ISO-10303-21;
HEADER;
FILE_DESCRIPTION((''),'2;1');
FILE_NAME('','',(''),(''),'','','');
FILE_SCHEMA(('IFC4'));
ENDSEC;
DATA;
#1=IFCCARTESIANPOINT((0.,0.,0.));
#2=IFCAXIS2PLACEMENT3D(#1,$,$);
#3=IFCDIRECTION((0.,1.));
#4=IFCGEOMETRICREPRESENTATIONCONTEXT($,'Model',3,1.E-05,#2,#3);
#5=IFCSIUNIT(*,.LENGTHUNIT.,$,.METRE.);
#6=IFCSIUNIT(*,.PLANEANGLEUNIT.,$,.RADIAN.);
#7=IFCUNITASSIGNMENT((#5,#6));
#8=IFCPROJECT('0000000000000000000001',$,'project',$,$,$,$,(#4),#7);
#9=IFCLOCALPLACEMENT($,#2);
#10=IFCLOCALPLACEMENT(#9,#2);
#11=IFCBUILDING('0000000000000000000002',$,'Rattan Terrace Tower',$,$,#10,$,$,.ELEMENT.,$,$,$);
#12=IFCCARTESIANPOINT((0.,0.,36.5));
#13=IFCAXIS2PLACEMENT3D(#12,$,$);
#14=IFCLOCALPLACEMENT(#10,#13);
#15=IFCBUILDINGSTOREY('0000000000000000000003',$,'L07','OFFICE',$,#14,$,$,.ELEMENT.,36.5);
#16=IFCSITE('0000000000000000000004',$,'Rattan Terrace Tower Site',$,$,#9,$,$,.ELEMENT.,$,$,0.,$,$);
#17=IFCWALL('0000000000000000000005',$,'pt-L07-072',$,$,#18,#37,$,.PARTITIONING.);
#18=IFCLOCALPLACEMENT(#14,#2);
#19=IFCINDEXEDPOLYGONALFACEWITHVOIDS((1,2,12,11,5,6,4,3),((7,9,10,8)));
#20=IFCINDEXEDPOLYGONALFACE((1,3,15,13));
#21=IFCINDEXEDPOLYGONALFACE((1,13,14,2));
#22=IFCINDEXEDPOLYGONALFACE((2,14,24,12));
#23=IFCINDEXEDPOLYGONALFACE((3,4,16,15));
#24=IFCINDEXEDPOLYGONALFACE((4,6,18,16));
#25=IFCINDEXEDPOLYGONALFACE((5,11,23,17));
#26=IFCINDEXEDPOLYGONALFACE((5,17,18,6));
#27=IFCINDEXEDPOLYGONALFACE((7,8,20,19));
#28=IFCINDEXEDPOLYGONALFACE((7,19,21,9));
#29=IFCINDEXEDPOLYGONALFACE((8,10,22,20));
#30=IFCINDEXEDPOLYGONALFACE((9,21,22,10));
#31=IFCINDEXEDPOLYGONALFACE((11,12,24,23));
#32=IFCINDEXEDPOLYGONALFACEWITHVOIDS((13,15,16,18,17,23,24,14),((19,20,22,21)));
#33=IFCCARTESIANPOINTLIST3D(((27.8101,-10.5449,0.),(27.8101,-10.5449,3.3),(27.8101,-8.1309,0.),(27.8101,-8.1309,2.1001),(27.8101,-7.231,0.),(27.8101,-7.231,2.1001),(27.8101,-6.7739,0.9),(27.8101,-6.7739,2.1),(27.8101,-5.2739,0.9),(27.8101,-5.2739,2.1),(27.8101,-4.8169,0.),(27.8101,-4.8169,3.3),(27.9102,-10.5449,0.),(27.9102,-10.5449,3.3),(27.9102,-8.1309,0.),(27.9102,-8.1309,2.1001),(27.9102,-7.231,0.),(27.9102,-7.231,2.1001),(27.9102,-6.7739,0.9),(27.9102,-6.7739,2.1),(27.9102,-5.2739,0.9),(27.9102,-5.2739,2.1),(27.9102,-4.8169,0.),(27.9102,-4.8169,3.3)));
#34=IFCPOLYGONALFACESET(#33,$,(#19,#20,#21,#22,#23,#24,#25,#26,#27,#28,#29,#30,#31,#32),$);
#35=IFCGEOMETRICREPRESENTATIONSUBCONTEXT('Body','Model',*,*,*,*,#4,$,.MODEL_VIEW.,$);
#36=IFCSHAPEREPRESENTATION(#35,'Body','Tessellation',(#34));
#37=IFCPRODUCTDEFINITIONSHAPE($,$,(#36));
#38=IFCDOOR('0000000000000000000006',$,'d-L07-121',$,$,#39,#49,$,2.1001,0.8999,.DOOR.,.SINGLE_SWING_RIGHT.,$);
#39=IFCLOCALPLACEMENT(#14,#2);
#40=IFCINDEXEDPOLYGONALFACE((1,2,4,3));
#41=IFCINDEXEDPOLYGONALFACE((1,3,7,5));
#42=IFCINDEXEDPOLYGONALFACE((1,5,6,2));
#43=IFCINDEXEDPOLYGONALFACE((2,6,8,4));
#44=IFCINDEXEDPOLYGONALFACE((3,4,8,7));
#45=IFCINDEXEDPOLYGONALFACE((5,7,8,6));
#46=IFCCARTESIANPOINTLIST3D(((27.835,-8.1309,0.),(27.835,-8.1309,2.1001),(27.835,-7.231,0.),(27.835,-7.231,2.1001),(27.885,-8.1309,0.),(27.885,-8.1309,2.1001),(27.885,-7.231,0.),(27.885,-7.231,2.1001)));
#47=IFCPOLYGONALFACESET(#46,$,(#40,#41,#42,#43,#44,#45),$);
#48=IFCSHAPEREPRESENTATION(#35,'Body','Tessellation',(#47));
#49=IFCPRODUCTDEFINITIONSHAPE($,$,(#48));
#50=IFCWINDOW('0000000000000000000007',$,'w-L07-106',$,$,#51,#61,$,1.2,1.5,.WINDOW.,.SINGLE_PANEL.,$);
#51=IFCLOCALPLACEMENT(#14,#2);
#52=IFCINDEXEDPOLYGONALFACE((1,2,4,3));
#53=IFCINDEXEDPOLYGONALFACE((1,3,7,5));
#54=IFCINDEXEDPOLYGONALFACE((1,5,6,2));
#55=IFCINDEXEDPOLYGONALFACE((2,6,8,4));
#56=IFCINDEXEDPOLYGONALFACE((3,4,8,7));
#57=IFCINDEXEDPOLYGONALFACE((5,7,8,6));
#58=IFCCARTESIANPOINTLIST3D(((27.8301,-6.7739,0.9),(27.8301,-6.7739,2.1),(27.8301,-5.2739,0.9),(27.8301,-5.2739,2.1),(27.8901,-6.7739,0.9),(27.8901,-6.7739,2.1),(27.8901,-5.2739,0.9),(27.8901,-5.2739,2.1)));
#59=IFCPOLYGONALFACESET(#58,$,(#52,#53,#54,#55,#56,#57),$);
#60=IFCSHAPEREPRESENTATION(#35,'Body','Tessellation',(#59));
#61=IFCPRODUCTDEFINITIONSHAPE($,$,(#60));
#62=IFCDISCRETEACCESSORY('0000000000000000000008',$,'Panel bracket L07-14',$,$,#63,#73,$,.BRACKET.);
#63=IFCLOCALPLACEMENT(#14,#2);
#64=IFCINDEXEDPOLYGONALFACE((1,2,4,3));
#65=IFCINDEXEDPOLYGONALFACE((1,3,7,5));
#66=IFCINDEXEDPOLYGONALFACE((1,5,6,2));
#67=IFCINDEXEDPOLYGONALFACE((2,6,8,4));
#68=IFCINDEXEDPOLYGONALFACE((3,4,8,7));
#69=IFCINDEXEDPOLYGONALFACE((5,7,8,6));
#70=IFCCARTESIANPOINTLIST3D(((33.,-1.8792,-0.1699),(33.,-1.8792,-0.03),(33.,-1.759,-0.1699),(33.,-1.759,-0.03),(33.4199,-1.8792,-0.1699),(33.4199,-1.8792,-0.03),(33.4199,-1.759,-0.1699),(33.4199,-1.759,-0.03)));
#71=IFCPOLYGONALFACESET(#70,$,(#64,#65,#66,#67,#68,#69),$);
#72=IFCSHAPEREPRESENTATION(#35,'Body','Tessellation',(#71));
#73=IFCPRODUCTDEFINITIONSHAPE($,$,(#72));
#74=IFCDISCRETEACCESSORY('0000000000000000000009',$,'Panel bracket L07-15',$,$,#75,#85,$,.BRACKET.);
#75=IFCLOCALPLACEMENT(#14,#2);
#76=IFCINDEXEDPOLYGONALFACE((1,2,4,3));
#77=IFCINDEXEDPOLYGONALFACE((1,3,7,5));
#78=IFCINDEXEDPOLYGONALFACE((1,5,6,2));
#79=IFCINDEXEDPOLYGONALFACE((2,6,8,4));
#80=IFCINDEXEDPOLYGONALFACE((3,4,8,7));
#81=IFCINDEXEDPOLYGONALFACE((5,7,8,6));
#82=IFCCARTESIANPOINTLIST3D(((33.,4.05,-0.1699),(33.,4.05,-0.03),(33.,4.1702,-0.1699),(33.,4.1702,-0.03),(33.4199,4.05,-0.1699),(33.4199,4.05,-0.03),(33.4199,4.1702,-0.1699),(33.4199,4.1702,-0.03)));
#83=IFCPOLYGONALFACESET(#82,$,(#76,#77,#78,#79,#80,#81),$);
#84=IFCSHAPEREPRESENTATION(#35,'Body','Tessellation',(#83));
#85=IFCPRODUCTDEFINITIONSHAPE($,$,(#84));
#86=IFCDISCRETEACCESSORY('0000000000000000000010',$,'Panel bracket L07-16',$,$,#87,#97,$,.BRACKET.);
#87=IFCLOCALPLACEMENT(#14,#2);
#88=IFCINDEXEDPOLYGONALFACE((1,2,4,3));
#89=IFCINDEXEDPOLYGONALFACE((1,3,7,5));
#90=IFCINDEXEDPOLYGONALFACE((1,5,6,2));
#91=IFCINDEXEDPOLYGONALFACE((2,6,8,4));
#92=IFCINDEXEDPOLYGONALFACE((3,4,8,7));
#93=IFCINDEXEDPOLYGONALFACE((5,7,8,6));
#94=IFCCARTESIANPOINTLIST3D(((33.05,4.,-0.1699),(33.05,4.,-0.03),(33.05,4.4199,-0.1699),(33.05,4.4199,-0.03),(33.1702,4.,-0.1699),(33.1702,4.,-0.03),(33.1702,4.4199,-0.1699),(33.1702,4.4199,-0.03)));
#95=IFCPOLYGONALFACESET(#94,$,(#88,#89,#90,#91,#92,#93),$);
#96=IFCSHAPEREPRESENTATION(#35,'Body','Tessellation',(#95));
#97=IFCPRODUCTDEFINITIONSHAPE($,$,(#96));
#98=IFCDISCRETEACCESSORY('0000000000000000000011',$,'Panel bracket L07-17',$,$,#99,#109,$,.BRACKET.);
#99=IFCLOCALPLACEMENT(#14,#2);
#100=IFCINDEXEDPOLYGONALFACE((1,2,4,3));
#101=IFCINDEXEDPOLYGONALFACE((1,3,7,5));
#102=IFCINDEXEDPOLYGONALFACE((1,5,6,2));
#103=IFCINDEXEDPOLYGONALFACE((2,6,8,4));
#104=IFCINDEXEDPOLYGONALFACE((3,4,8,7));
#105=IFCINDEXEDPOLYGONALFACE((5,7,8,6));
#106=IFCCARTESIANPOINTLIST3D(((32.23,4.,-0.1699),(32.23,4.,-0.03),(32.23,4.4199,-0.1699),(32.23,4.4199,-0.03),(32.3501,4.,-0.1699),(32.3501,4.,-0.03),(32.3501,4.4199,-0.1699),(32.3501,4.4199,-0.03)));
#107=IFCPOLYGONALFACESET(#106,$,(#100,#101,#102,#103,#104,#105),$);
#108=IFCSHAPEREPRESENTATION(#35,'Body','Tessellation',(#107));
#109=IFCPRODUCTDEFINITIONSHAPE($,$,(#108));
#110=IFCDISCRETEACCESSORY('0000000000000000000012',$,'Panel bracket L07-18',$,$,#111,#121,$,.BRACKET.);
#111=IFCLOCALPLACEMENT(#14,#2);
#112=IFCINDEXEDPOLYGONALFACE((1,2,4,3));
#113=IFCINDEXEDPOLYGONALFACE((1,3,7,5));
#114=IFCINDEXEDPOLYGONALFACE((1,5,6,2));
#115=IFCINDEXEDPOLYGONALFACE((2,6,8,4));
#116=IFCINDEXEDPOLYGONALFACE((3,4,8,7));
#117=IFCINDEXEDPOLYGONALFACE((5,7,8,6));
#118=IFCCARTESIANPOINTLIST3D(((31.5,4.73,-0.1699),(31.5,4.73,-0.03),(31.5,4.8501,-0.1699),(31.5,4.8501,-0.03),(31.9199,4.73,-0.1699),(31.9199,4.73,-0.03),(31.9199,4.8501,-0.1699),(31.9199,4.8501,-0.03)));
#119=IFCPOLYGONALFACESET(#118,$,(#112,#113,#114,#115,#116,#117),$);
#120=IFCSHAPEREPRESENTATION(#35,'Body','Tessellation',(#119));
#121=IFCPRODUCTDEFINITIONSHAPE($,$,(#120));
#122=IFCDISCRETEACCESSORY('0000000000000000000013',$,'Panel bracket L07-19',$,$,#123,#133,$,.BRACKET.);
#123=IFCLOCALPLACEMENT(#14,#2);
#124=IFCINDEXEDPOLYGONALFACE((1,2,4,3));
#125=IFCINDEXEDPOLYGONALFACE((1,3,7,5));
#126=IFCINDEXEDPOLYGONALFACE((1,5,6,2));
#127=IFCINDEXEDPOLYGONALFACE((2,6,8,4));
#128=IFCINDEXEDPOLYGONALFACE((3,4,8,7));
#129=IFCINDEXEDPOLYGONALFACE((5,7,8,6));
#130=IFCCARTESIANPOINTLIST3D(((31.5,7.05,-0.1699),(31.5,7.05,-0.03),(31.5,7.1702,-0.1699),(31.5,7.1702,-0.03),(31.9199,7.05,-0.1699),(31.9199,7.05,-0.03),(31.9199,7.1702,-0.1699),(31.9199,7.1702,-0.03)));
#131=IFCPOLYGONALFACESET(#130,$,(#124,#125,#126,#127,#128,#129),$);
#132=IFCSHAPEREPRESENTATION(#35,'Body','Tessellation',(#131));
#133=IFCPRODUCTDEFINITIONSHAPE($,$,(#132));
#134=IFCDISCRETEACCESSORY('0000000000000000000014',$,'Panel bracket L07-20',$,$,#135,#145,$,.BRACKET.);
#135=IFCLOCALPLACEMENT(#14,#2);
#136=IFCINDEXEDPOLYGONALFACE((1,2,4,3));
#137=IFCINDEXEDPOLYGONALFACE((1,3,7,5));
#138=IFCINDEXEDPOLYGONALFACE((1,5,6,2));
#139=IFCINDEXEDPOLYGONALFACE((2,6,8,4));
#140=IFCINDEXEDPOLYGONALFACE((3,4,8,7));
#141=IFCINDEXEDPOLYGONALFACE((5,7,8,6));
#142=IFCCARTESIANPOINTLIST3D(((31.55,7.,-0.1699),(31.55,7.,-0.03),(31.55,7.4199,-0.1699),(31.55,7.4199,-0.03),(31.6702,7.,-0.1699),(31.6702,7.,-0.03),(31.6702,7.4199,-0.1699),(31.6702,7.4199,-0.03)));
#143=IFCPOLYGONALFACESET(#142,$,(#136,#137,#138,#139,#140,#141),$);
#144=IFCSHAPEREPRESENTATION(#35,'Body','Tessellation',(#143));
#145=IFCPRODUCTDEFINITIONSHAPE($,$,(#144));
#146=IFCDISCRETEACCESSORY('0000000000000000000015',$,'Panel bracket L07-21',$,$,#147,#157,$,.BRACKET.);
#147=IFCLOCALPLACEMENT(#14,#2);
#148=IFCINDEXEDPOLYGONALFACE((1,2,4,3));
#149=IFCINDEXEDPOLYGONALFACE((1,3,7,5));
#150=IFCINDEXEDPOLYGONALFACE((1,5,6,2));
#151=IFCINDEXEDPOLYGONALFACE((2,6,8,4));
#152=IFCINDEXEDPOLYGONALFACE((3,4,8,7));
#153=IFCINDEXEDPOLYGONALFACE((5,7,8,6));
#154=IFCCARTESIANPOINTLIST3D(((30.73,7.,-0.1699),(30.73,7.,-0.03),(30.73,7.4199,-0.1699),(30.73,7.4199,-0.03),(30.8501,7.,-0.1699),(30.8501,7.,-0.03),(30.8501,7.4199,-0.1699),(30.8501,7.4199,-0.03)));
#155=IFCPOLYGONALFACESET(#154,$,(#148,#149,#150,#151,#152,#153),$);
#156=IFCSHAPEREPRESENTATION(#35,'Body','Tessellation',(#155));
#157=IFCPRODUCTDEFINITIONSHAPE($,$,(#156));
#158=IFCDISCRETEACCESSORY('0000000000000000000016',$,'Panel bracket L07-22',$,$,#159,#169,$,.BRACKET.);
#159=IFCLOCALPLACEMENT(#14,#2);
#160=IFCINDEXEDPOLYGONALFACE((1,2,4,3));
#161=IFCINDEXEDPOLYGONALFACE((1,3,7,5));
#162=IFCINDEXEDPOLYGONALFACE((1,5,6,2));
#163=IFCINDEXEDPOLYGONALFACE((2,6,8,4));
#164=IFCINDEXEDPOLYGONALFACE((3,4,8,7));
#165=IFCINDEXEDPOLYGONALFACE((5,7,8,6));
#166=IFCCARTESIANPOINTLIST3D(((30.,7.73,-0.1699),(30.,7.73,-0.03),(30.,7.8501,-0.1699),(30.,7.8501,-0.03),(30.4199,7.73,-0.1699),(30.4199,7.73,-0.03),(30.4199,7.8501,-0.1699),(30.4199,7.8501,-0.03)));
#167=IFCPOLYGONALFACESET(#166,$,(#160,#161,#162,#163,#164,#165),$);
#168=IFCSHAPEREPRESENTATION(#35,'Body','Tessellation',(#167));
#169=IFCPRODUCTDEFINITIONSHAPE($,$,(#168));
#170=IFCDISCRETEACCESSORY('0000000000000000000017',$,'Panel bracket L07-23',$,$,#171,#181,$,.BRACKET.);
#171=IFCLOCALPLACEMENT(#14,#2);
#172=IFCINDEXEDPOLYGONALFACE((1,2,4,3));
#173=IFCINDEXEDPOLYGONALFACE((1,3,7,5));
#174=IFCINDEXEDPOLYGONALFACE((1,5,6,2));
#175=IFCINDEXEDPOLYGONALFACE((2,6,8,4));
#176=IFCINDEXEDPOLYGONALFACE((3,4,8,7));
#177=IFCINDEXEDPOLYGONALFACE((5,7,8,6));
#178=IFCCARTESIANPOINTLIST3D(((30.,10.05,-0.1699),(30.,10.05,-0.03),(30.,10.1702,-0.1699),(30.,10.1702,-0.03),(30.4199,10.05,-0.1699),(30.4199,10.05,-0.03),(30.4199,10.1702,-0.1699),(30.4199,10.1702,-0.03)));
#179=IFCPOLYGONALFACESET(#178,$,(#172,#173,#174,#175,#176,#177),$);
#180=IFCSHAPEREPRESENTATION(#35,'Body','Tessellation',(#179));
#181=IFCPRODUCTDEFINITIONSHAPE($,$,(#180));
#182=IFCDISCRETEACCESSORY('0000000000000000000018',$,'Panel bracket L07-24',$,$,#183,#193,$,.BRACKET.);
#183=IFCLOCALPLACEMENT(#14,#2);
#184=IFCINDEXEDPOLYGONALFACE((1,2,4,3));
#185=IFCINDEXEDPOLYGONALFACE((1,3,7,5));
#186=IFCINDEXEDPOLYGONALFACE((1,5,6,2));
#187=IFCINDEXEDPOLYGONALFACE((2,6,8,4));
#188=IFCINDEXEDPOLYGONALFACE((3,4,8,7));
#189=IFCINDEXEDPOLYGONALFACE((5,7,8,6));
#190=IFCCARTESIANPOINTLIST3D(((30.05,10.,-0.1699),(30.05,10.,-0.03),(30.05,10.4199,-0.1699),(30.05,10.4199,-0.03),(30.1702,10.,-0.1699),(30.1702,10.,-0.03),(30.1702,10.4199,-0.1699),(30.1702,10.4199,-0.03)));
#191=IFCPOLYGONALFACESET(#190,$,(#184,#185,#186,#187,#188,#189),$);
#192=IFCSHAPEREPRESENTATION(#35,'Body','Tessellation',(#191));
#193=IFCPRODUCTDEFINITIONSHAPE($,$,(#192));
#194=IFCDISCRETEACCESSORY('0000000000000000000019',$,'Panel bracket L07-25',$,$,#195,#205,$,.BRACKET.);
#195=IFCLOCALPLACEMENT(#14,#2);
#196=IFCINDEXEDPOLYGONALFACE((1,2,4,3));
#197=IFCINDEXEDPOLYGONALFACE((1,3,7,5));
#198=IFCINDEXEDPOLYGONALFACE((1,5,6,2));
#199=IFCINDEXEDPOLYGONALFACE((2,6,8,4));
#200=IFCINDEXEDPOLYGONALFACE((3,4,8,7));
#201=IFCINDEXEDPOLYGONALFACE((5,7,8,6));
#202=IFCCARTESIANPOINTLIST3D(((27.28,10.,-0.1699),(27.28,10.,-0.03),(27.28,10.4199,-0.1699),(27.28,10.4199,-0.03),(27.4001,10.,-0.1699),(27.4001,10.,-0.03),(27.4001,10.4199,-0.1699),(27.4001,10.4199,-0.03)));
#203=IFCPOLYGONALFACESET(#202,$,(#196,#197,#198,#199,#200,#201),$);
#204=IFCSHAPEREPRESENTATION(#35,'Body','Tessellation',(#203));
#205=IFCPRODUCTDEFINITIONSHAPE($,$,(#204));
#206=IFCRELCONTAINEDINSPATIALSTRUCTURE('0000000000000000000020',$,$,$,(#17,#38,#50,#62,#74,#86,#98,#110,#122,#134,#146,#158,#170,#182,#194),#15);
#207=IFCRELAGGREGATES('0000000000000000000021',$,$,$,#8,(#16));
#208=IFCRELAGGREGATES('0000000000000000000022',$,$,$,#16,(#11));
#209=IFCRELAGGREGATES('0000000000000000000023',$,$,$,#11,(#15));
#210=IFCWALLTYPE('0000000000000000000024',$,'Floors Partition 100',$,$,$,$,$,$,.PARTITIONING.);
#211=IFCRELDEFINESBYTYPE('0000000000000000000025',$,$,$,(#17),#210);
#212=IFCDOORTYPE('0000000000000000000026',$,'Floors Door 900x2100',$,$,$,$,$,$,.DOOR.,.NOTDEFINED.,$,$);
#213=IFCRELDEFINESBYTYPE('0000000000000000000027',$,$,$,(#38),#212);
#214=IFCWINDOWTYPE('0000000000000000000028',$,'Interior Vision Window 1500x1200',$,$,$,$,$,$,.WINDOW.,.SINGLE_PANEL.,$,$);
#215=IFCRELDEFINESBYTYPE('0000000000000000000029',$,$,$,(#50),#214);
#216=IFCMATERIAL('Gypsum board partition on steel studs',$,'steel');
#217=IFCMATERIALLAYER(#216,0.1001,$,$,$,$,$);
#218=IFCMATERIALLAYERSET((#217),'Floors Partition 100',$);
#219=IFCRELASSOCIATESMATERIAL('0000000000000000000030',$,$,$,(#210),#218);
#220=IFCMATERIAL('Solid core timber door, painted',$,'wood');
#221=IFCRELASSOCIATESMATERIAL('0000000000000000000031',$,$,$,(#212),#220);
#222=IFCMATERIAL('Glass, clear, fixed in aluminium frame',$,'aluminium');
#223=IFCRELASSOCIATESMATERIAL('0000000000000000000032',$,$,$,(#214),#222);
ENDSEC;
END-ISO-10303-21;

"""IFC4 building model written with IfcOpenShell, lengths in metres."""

from ifc_helpers import new_model, si_unit, direction, frame, frame_2d, origin, origin_2d, place, context, subcontext, project, spatial, rectangle, extrude, material, layer, layer_set, type_object, element, fill, save


model = new_model("IFC4")

# Units and contexts
model_context = context("Model", 3, precision=1e-05, world=origin(), true_north=direction((0.0, 1.0)))
body_context = subcontext(model_context, "Body", "Model", "MODEL_VIEW")
ifc_project = project(units=[si_unit("LENGTHUNIT", "METRE"), si_unit("PLANEANGLEUNIT", "RADIAN")], contexts=[model_context])

# Site, building, storey
site_placement = place(None, origin())
site = spatial("IfcSite", under=ifc_project, at=site_placement, Name="Rattan Terrace Tower Site", CompositionType="ELEMENT", RefElevation=0.0)
building_placement = place(site_placement, origin())
building = spatial("IfcBuilding", under=site, at=building_placement, Name="Rattan Terrace Tower", CompositionType="ELEMENT")
storey_placement = place(building_placement, frame((0.0, 0.0, 36.5)))
storey = spatial("IfcBuildingStorey", under=building, at=storey_placement, Name="L07", Description="OFFICE", CompositionType="ELEMENT", Elevation=36.5)

# Wall, openings, door, window
ifc_material_1 = material(Name="Gypsum board partition on steel studs", Category="steel")
ifc_layer_1 = layer(ifc_material_1, 0.1001)
ifc_layer_set_1 = layer_set([ifc_layer_1], Name="Floors Partition 100")
wall_type_1 = type_object("IfcWallType", Name="Floors Partition 100", PredefinedType="PARTITIONING", material=ifc_layer_set_1)
wall_1_placement = place(storey_placement, frame((27.8601, -4.8169, 0.0), z_axis=(0.0, 0.0, 1.0), x_axis=(0.0, -1.0, 0.0)))
wall_1 = element("IfcWall", 1, at=wall_1_placement, inside=storey, type_object=wall_type_1, Name="pt-L07-072", PredefinedType="PARTITIONING", context=body_context, shape_type="SweptSolid", body=[
    extrude(rectangle(XDim=5.728, YDim=0.1001, at=frame_2d((2.864, 0.0))), origin(), (0.0, 0.0, 1.0), 3.3),
])
opening_1_placement = place(wall_1_placement, frame((2.4141, 0.0, 0.0)))
opening_1 = element("IfcOpeningElement", 2, at=opening_1_placement, cuts=wall_1, PredefinedType="OPENING", context=body_context, shape_type="SweptSolid", body=[
    extrude(rectangle(XDim=0.8999, YDim=2.1001, at=frame_2d((0.45, 1.05))), frame((0.0, 0.0605, 0.0), z_axis=(0.0, -1.0, 0.0), x_axis=(1.0, 0.0, 0.0)), (0.0, 0.0, 1.0), 0.1211),
])
opening_2_placement = place(wall_1_placement, frame((0.457, 0.0, 0.8999)))
opening_2 = element("IfcOpeningElement", 3, at=opening_2_placement, cuts=wall_1, PredefinedType="OPENING", context=body_context, shape_type="SweptSolid", body=[
    extrude(rectangle(XDim=1.5, YDim=1.2, at=frame_2d((0.75, 0.6001))), frame((0.0, 0.0605, 0.0), z_axis=(0.0, -1.0, 0.0), x_axis=(1.0, 0.0, 0.0)), (0.0, 0.0, 1.0), 0.1211),
])
ifc_material_2 = material(Name="Solid core timber door, painted", Category="wood")
door_type = type_object("IfcDoorType", Name="Floors Door 900x2100", OperationType="NOTDEFINED", PredefinedType="DOOR", material=ifc_material_2)
door_placement = place(opening_1_placement, origin())
door = element("IfcDoor", 4, at=door_placement, inside=storey, type_object=door_type, Name="d-L07-121", OperationType="SINGLE_SWING_RIGHT", OverallHeight=2.1001, OverallWidth=0.8999, PredefinedType="DOOR", context=body_context, shape_type="SweptSolid", body=[
    extrude(rectangle(XDim=0.8999, YDim=2.1001, at=frame_2d((0.45, 1.05))), frame((0.0, 0.0249, 0.0), z_axis=(0.0, -1.0, 0.0), x_axis=(1.0, 0.0, 0.0)), (0.0, 0.0, 1.0), 0.05),
])
fill(opening_1, door)
ifc_material_3 = material(Name="Glass, clear, fixed in aluminium frame", Category="aluminium")
window_type = type_object("IfcWindowType", Name="Interior Vision Window 1500x1200", PartitioningType="SINGLE_PANEL", PredefinedType="WINDOW", material=ifc_material_3)
window_placement = place(opening_2_placement, origin())
window = element("IfcWindow", 5, at=window_placement, inside=storey, type_object=window_type, Name="w-L07-106", OverallHeight=1.2, OverallWidth=1.5, PartitioningType="SINGLE_PANEL", PredefinedType="WINDOW", context=body_context, shape_type="SweptSolid", body=[
    extrude(rectangle(XDim=1.5, YDim=1.2, at=frame_2d((0.75, 0.6001))), frame((0.0, 0.03, 0.0), z_axis=(0.0, -1.0, 0.0), x_axis=(1.0, 0.0, 0.0)), (0.0, 0.0, 1.0), 0.0601),
])
fill(opening_2, window)

# Discrete accessories
for number, where, z_axis, x_axis, name in (
    (6, (33.21, -1.8191, -0.1699), (0.0, 0.0, 1.0), (0.0, 1.0, 0.0), "Panel bracket L07-14"),
    (7, (33.21, 4.1101, -0.1699), (0.0, 0.0, 1.0), (0.0, 1.0, 0.0), "Panel bracket L07-15"),
    (8, (33.1101, 4.21, -0.1699), (0.0, 0.0, 1.0), (-1.0, 0.0, 0.0), "Panel bracket L07-16"),
    (9, (32.29, 4.21, -0.1699), (0.0, 0.0, 1.0), (-1.0, 0.0, 0.0), "Panel bracket L07-17"),
    (10, (31.71, 4.79, -0.1699), (0.0, 0.0, 1.0), (0.0, 1.0, 0.0), "Panel bracket L07-18"),
    (11, (31.71, 7.1101, -0.1699), (0.0, 0.0, 1.0), (0.0, 1.0, 0.0), "Panel bracket L07-19"),
    (12, (31.6101, 7.21, -0.1699), (0.0, 0.0, 1.0), (-1.0, 0.0, 0.0), "Panel bracket L07-20"),
    (13, (30.79, 7.21, -0.1699), (0.0, 0.0, 1.0), (-1.0, 0.0, 0.0), "Panel bracket L07-21"),
    (14, (30.21, 7.79, -0.1699), (0.0, 0.0, 1.0), (0.0, 1.0, 0.0), "Panel bracket L07-22"),
    (15, (30.21, 10.1101, -0.1699), (0.0, 0.0, 1.0), (0.0, 1.0, 0.0), "Panel bracket L07-23"),
    (16, (30.1101, 10.21, -0.1699), (0.0, 0.0, 1.0), (-1.0, 0.0, 0.0), "Panel bracket L07-24"),
    (17, (27.3401, 10.21, -0.1699), (0.0, 0.0, 1.0), (-1.0, 0.0, 0.0), "Panel bracket L07-25"),
):
    element("IfcDiscreteAccessory", number, at=place(storey_placement, frame(where, z_axis=z_axis, x_axis=x_axis)), inside=storey, Name=name, PredefinedType="BRACKET", context=body_context, shape_type="SweptSolid", body=[
        extrude(rectangle(XDim=0.1201, YDim=0.4199, at=origin_2d()), origin(), (0.0, 0.0, 1.0), 0.1399),
    ])

save(model, "model.ifc")
